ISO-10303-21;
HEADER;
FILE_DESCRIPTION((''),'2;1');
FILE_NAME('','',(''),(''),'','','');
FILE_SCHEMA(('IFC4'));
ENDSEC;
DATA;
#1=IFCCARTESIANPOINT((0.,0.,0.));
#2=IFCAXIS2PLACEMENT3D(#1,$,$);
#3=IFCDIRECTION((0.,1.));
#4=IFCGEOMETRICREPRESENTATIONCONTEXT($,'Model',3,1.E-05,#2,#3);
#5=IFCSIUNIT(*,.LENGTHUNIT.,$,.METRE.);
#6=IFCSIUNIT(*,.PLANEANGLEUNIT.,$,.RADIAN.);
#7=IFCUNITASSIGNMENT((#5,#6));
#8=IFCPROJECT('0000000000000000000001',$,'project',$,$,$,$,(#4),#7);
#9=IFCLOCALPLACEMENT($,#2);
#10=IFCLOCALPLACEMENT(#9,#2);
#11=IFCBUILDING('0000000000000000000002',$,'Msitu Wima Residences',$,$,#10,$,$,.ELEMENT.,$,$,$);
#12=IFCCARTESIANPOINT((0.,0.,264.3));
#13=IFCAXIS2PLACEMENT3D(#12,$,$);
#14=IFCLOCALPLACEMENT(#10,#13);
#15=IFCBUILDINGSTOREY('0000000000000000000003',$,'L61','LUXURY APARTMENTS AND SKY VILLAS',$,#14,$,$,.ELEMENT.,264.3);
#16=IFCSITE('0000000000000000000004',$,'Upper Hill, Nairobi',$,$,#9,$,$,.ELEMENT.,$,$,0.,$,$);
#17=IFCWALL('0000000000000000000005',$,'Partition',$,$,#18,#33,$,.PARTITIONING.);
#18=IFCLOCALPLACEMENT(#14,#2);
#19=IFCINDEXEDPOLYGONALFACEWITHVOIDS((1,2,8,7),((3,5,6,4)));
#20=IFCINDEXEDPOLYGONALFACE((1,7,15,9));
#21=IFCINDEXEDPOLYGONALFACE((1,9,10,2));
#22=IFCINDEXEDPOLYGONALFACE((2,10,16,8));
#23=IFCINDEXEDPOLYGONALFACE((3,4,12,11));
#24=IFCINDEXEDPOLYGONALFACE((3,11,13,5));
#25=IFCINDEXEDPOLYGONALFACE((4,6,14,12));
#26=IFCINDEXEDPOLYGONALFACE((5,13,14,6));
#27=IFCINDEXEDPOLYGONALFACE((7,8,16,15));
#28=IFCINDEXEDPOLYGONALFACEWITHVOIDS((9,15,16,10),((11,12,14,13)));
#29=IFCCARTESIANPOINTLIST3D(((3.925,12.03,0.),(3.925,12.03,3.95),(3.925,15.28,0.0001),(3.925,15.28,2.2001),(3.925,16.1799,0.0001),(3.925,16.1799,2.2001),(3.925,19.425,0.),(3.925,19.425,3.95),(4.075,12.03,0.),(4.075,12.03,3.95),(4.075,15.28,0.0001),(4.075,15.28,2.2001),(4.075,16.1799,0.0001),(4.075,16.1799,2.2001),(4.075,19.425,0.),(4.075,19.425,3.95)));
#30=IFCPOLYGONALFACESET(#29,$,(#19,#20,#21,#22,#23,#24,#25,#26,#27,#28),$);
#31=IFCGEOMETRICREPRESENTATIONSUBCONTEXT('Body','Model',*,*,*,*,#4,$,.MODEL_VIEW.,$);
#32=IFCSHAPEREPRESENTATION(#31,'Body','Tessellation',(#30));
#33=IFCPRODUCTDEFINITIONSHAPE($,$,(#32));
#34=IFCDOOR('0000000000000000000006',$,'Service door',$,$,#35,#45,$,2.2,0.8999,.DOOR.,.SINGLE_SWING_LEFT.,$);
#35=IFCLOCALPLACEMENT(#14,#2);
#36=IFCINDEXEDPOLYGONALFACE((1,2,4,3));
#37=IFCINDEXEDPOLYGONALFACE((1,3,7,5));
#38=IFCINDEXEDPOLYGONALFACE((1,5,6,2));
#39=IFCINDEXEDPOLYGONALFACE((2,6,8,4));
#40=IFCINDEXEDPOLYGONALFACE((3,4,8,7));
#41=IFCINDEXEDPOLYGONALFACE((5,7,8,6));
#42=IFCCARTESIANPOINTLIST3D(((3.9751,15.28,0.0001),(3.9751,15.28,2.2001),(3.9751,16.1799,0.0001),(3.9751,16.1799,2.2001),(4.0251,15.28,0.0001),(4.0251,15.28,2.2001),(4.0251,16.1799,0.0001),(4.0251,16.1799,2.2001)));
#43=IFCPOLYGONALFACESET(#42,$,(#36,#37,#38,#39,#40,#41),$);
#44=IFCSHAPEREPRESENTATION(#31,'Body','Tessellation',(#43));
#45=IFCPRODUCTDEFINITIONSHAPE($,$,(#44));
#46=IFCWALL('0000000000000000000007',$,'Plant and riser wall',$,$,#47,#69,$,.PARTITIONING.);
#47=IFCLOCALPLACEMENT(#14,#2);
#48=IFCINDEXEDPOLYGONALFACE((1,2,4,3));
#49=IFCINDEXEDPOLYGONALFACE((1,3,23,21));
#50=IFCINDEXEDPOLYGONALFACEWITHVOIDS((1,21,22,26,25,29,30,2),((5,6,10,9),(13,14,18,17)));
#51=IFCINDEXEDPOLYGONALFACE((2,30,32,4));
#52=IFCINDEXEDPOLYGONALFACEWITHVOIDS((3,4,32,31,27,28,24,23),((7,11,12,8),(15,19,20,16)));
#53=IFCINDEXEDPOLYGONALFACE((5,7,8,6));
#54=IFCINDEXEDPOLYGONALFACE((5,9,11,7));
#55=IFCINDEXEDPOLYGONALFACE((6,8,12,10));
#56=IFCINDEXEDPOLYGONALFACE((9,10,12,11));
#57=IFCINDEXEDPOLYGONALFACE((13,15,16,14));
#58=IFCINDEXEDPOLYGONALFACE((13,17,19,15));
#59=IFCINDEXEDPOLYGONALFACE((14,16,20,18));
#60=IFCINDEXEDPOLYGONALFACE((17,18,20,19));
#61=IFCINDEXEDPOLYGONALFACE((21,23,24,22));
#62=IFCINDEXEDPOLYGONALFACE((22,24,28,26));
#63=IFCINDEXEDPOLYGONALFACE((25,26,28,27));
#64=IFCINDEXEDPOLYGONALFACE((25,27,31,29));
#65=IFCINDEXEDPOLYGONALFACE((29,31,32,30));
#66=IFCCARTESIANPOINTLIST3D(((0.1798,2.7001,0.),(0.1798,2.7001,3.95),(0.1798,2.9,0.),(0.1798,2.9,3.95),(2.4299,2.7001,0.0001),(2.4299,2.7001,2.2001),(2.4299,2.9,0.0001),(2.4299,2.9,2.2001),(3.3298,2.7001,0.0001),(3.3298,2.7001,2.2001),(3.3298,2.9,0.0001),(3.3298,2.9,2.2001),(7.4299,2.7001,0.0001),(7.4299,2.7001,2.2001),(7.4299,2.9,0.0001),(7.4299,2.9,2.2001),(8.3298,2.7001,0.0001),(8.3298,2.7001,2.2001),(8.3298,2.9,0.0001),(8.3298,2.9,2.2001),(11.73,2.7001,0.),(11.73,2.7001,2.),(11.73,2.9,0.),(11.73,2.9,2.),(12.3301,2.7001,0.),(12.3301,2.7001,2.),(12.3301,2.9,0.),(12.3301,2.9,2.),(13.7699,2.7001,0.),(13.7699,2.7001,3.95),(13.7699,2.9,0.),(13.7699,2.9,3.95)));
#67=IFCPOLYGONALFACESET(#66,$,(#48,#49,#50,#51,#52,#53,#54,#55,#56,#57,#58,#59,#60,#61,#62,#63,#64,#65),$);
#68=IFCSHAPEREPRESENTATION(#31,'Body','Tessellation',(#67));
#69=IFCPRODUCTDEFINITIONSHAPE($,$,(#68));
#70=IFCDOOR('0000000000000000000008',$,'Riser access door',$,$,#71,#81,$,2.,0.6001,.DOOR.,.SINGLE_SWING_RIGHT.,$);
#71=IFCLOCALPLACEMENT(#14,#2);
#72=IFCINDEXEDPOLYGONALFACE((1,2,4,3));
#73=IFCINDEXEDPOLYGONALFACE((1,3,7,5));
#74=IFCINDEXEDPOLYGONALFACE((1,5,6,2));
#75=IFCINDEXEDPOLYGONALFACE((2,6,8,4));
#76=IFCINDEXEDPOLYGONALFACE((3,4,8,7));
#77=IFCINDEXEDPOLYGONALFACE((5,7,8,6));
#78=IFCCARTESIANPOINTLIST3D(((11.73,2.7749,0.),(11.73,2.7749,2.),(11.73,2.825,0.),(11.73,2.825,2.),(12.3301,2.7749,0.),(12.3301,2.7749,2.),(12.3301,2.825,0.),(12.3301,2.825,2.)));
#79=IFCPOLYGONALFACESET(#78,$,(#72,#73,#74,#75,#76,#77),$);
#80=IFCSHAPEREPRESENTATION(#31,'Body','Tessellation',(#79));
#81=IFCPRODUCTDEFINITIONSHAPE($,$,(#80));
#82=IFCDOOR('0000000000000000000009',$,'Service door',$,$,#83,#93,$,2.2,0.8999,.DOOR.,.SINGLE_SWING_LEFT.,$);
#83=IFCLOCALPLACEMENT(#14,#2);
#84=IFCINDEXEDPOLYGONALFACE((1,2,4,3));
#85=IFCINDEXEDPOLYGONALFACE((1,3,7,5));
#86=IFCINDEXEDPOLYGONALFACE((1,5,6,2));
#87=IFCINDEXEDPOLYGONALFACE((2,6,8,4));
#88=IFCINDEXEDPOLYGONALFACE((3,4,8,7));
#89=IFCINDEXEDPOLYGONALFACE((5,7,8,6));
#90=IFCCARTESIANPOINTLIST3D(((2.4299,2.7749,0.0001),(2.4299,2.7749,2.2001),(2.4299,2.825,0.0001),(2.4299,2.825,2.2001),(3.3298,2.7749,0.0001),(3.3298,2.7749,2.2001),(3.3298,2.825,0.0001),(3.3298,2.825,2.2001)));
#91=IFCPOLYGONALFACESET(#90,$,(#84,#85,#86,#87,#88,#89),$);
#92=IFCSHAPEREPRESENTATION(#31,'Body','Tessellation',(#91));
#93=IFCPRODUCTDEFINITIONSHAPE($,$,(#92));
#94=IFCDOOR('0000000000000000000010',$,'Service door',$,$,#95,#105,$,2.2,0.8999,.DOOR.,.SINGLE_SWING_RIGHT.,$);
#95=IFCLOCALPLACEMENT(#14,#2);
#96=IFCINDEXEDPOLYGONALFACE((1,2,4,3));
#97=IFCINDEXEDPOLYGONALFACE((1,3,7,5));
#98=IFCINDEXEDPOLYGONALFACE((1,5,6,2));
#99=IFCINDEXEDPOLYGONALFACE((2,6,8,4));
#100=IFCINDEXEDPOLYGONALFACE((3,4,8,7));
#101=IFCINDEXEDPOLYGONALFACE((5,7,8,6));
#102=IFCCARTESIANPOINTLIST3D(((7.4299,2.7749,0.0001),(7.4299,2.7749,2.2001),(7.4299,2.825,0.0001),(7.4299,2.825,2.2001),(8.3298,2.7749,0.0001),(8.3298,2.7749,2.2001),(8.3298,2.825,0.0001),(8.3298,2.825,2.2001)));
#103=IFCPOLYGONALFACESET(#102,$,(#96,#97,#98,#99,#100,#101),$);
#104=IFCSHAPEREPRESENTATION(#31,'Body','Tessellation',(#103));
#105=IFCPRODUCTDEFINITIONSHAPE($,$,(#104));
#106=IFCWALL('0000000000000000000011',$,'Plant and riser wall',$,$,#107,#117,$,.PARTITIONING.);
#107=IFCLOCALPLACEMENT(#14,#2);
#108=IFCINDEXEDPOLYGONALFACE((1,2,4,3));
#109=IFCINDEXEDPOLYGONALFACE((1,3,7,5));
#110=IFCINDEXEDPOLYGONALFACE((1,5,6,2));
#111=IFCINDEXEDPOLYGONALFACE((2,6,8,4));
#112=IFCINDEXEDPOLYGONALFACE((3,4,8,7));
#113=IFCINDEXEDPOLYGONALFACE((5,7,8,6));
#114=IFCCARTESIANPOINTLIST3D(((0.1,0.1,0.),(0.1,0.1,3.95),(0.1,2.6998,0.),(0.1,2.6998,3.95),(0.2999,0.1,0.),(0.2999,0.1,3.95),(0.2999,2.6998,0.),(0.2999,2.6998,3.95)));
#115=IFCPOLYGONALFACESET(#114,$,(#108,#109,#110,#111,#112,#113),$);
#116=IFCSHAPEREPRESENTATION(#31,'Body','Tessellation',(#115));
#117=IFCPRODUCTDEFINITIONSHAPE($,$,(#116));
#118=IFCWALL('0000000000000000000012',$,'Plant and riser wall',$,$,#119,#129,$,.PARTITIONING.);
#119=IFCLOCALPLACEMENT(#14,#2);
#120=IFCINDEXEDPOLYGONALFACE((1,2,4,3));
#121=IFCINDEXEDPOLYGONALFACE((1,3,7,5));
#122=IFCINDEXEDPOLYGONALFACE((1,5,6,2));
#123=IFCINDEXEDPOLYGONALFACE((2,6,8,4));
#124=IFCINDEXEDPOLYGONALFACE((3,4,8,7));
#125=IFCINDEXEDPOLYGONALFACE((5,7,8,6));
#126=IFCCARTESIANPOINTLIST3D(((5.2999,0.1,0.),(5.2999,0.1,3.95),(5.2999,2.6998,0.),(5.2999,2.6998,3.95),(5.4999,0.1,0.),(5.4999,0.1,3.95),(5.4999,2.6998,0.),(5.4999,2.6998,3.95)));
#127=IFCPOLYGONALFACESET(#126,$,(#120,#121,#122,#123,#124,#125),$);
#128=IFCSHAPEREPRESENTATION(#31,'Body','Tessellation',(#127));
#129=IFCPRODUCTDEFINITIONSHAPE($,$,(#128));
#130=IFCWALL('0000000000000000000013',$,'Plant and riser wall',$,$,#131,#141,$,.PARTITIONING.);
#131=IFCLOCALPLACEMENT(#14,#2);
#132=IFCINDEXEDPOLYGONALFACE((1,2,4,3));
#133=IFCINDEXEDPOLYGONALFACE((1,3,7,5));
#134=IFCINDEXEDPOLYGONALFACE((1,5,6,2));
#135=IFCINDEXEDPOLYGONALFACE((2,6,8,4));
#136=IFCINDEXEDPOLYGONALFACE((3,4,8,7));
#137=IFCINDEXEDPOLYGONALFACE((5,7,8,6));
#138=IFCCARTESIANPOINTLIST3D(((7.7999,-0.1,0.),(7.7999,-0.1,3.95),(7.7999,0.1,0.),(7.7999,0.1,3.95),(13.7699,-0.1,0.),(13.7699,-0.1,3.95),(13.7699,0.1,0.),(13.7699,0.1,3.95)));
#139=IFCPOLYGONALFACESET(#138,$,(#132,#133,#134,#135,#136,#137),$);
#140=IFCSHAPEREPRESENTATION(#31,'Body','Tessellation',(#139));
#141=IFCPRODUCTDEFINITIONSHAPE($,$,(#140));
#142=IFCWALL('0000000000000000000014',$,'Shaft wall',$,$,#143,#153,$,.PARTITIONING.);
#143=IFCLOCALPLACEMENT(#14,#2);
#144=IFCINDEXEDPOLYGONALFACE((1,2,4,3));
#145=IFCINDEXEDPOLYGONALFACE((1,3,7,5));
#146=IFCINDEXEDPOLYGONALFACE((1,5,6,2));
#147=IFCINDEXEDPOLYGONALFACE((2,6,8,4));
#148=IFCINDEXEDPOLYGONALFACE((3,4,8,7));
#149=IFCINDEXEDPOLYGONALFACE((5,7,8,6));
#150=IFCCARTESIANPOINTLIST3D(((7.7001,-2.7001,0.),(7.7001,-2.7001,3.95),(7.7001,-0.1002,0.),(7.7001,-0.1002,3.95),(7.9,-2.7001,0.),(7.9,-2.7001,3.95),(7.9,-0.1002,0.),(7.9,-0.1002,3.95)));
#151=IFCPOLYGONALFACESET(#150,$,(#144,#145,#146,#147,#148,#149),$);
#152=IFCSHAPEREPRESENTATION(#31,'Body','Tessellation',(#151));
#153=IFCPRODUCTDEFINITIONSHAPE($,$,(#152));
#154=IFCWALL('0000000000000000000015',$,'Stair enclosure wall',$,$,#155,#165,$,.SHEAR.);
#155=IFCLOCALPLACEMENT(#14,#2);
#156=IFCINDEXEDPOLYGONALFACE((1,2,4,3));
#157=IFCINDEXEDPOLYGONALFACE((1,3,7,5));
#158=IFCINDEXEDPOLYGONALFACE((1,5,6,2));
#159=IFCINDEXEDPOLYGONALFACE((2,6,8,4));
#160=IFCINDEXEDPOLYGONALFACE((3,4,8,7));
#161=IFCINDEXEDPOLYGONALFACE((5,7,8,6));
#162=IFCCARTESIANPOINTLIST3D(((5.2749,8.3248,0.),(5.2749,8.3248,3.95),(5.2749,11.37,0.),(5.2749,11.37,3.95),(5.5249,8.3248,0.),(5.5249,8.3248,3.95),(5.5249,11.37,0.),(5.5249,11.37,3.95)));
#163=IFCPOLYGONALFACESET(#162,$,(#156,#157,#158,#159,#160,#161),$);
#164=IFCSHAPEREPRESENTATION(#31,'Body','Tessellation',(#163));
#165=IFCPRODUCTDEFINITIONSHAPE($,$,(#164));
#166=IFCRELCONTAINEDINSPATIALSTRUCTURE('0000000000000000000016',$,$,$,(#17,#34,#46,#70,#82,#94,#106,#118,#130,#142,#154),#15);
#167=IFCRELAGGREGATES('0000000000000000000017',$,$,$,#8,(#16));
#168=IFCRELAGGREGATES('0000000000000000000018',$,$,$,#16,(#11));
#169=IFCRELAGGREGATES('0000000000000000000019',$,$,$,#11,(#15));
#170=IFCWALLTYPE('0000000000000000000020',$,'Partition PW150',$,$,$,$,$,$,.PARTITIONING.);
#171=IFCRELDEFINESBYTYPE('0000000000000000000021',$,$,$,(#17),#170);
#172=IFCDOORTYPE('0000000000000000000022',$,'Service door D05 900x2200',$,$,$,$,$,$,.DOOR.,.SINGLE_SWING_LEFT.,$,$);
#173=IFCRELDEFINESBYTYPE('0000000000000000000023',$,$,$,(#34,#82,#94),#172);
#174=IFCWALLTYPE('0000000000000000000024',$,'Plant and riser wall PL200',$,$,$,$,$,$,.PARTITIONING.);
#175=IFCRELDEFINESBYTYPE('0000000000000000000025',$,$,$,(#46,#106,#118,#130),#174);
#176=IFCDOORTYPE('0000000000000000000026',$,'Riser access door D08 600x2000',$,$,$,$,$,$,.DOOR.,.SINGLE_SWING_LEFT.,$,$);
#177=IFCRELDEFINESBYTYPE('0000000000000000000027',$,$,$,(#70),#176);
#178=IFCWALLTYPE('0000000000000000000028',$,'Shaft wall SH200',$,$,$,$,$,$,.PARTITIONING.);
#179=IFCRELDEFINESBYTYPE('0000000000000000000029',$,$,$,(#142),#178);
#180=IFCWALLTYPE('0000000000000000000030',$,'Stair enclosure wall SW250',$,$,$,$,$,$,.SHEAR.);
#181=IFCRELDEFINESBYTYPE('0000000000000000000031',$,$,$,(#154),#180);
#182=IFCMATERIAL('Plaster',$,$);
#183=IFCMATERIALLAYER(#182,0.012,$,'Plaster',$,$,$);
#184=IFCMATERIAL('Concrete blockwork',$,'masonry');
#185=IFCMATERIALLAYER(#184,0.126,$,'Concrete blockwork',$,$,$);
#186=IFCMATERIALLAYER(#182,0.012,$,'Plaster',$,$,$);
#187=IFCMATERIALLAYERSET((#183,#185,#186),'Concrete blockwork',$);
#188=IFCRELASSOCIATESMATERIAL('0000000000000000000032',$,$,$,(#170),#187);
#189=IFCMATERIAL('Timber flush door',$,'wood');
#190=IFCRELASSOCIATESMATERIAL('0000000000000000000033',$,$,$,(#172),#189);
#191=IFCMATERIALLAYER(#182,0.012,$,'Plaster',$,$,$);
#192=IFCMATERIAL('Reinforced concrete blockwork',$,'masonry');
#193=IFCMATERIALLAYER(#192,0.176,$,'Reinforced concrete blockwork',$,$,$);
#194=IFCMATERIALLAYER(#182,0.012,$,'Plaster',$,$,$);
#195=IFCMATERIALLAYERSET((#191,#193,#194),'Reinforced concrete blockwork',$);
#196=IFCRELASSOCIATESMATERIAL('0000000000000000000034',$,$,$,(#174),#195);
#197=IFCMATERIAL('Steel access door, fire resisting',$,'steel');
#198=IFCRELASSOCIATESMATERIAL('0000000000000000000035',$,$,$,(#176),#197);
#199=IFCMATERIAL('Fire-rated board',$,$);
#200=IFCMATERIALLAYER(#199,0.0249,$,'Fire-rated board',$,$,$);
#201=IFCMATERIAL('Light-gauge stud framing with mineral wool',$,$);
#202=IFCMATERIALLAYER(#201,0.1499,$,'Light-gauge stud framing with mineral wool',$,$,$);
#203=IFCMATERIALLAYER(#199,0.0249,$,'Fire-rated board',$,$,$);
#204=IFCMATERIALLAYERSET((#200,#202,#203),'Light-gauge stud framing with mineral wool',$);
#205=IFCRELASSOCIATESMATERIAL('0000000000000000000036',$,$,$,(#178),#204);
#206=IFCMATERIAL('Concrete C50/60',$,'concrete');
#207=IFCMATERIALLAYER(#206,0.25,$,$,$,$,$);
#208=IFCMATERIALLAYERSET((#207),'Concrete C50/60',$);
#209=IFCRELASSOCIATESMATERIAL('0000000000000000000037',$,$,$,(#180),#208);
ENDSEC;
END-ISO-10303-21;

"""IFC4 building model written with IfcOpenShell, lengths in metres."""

from ifc_helpers import new_model, si_unit, direction, frame, frame_2d, origin, place, context, subcontext, project, spatial, rectangle, extrude, material, layer, layer_set, type_object, element, fill, save


model = new_model("IFC4")

# Units and contexts
model_context = context("Model", 3, precision=1e-05, world=origin(), true_north=direction((0.0, 1.0)))
body_context = subcontext(model_context, "Body", "Model", "MODEL_VIEW")
ifc_project = project(units=[si_unit("LENGTHUNIT", "METRE"), si_unit("PLANEANGLEUNIT", "RADIAN")], contexts=[model_context])

# Site, building, storey
site_placement = place(None, origin())
site = spatial("IfcSite", under=ifc_project, at=site_placement, Name="Upper Hill, Nairobi", CompositionType="ELEMENT", RefElevation=0.0)
building_placement = place(site_placement, origin())
building = spatial("IfcBuilding", under=site, at=building_placement, Name="Msitu Wima Residences", CompositionType="ELEMENT")
storey_placement = place(building_placement, frame((0.0, 0.0, 264.3)))
storey = spatial("IfcBuildingStorey", under=building, at=storey_placement, Name="L61", Description="LUXURY APARTMENTS AND SKY VILLAS", CompositionType="ELEMENT", Elevation=264.3)

# Shared definitions
ifc_material_1 = material(Name="Plaster")
ifc_layer_1 = layer(ifc_material_1, 0.012, Name="Plaster")
ifc_material_2 = material(Name="Concrete blockwork", Category="masonry")
ifc_layer_2 = layer(ifc_material_2, 0.126, Name="Concrete blockwork")
ifc_layer_3 = layer(ifc_material_1, 0.012, Name="Plaster")
ifc_layer_set_1 = layer_set([ifc_layer_1, ifc_layer_2, ifc_layer_3], Name="Concrete blockwork")
wall_type_1 = type_object("IfcWallType", Name="Partition PW150", PredefinedType="PARTITIONING", material=ifc_layer_set_1)

# Wall, opening, door
wall_1_placement = place(storey_placement, frame((4.0, 12.03, 0.0), z_axis=(0.0, 0.0, 1.0), x_axis=(0.0, 1.0, 0.0)))
wall_1 = element("IfcWall", 1, at=wall_1_placement, inside=storey, type_object=wall_type_1, Name="Partition", PredefinedType="PARTITIONING", context=body_context, shape_type="SweptSolid", body=[
    extrude(rectangle(XDim=7.395, YDim=0.1499, at=frame_2d((3.6975, 0.0))), origin(), (0.0, 0.0, 1.0), 3.95),
])
opening_1_placement = place(wall_1_placement, frame((3.25, 0.0, 0.0)))
opening_1 = element("IfcOpeningElement", 2, at=opening_1_placement, cuts=wall_1, PredefinedType="OPENING", context=body_context, shape_type="SweptSolid", body=[
    extrude(rectangle(XDim=0.8999, YDim=2.2, at=frame_2d((0.45, 1.1001))), frame((0.0, 0.085, 0.0), z_axis=(0.0, -1.0, 0.0), x_axis=(1.0, 0.0, 0.0)), (0.0, 0.0, 1.0), 0.1699),
])
ifc_material_3 = material(Name="Timber flush door", Category="wood")
door_type_1 = type_object("IfcDoorType", Name="Service door D05 900x2200", OperationType="SINGLE_SWING_LEFT", PredefinedType="DOOR", material=ifc_material_3)
door_1_placement = place(opening_1_placement, origin())
door_1 = element("IfcDoor", 3, at=door_1_placement, inside=storey, type_object=door_type_1, Name="Service door", OperationType="SINGLE_SWING_LEFT", OverallHeight=2.2, OverallWidth=0.8999, PredefinedType="DOOR", context=body_context, shape_type="SweptSolid", body=[
    extrude(rectangle(XDim=0.8999, YDim=2.2, at=frame_2d((0.45, 1.1001))), frame((0.0, 0.0249, 0.0), z_axis=(0.0, -1.0, 0.0), x_axis=(1.0, 0.0, 0.0)), (0.0, 0.0, 1.0), 0.05),
])
fill(opening_1, door_1)

# Wall, openings, doors
ifc_layer_4 = layer(ifc_material_1, 0.012, Name="Plaster")
ifc_material_4 = material(Name="Reinforced concrete blockwork", Category="masonry")
ifc_layer_5 = layer(ifc_material_4, 0.176, Name="Reinforced concrete blockwork")
ifc_layer_6 = layer(ifc_material_1, 0.012, Name="Plaster")
ifc_layer_set_2 = layer_set([ifc_layer_4, ifc_layer_5, ifc_layer_6], Name="Reinforced concrete blockwork")
wall_type_2 = type_object("IfcWallType", Name="Plant and riser wall PL200", PredefinedType="PARTITIONING", material=ifc_layer_set_2)
wall_2_placement = place(storey_placement, frame((0.1799, 2.8, 0.0), z_axis=(0.0, 0.0, 1.0), x_axis=(1.0, 0.0, 0.0)))
wall_2 = element("IfcWall", 4, at=wall_2_placement, inside=storey, type_object=wall_type_2, Name="Plant and riser wall", PredefinedType="PARTITIONING", context=body_context, shape_type="SweptSolid", body=[
    extrude(rectangle(XDim=13.5901, YDim=0.2, at=frame_2d((6.7949, 0.0))), origin(), (0.0, 0.0, 1.0), 3.95),
])
opening_2_placement = place(wall_2_placement, frame((11.55, 0.0, 0.0)))
opening_2 = element("IfcOpeningElement", 5, at=opening_2_placement, cuts=wall_2, PredefinedType="OPENING", context=body_context, shape_type="SweptSolid", body=[
    extrude(rectangle(XDim=0.6001, YDim=2.0, at=frame_2d((0.3, 1.0))), frame((0.0, 0.1099, 0.0), z_axis=(0.0, -1.0, 0.0), x_axis=(1.0, 0.0, 0.0)), (0.0, 0.0, 1.0), 0.22),
])
opening_3_placement = place(wall_2_placement, frame((2.25, 0.0, 0.0)))
opening_3 = element("IfcOpeningElement", 6, at=opening_3_placement, cuts=wall_2, PredefinedType="OPENING", context=body_context, shape_type="SweptSolid", body=[
    extrude(rectangle(XDim=0.8999, YDim=2.2, at=frame_2d((0.45, 1.1001))), frame((0.0, 0.1099, 0.0), z_axis=(0.0, -1.0, 0.0), x_axis=(1.0, 0.0, 0.0)), (0.0, 0.0, 1.0), 0.22),
])
opening_4_placement = place(wall_2_placement, frame((7.25, 0.0, 0.0)))
opening_4 = element("IfcOpeningElement", 7, at=opening_4_placement, cuts=wall_2, PredefinedType="OPENING", context=body_context, shape_type="SweptSolid", body=[
    extrude(rectangle(XDim=0.8999, YDim=2.2, at=frame_2d((0.45, 1.1001))), frame((0.0, 0.1099, 0.0), z_axis=(0.0, -1.0, 0.0), x_axis=(1.0, 0.0, 0.0)), (0.0, 0.0, 1.0), 0.22),
])
ifc_material_5 = material(Name="Steel access door, fire resisting", Category="steel")
door_type_2 = type_object("IfcDoorType", Name="Riser access door D08 600x2000", OperationType="SINGLE_SWING_LEFT", PredefinedType="DOOR", material=ifc_material_5)
door_2_placement = place(opening_2_placement, origin())
door_2 = element("IfcDoor", 8, at=door_2_placement, inside=storey, type_object=door_type_2, Name="Riser access door", OperationType="SINGLE_SWING_RIGHT", OverallHeight=2.0, OverallWidth=0.6001, PredefinedType="DOOR", context=body_context, shape_type="SweptSolid", body=[
    extrude(rectangle(XDim=0.6001, YDim=2.0, at=frame_2d((0.3, 1.0))), frame((0.0, 0.0249, 0.0), z_axis=(0.0, -1.0, 0.0), x_axis=(1.0, 0.0, 0.0)), (0.0, 0.0, 1.0), 0.05),
])
fill(opening_2, door_2)
door_3_placement = place(opening_3_placement, origin())
door_3 = element("IfcDoor", 9, at=door_3_placement, inside=storey, type_object=door_type_1, Name="Service door", OperationType="SINGLE_SWING_LEFT", OverallHeight=2.2, OverallWidth=0.8999, PredefinedType="DOOR", context=body_context, shape_type="SweptSolid", body=[
    extrude(rectangle(XDim=0.8999, YDim=2.2, at=frame_2d((0.45, 1.1001))), frame((0.0, 0.0249, 0.0), z_axis=(0.0, -1.0, 0.0), x_axis=(1.0, 0.0, 0.0)), (0.0, 0.0, 1.0), 0.05),
])
fill(opening_3, door_3)
door_4_placement = place(opening_4_placement, origin())
door_4 = element("IfcDoor", 10, at=door_4_placement, inside=storey, type_object=door_type_1, Name="Service door", OperationType="SINGLE_SWING_RIGHT", OverallHeight=2.2, OverallWidth=0.8999, PredefinedType="DOOR", context=body_context, shape_type="SweptSolid", body=[
    extrude(rectangle(XDim=0.8999, YDim=2.2, at=frame_2d((0.45, 1.1001))), frame((0.0, 0.0249, 0.0), z_axis=(0.0, -1.0, 0.0), x_axis=(1.0, 0.0, 0.0)), (0.0, 0.0, 1.0), 0.05),
])
fill(opening_4, door_4)

# Walls
for number, where, z_axis, x_axis, name in (
    (11, (0.2, 0.1001, 0.0), (0.0, 0.0, 1.0), (0.0, 1.0, 0.0), "Plant and riser wall"),
    (12, (5.3999, 0.1001, 0.0), (0.0, 0.0, 1.0), (0.0, 1.0, 0.0), "Plant and riser wall"),
):
    element("IfcWall", number, at=place(storey_placement, frame(where, z_axis=z_axis, x_axis=x_axis)), inside=storey, type_object=wall_type_2, Name=name, PredefinedType="PARTITIONING", context=body_context, shape_type="SweptSolid", body=[
        extrude(rectangle(XDim=2.5999, YDim=0.2, at=frame_2d((1.2998, 0.0))), origin(), (0.0, 0.0, 1.0), 3.95),
    ])
wall_3_placement = place(storey_placement, frame((7.8, 0.0, 0.0), z_axis=(0.0, 0.0, 1.0), x_axis=(1.0, 0.0, 0.0)))
element("IfcWall", 13, at=wall_3_placement, inside=storey, type_object=wall_type_2, Name="Plant and riser wall", PredefinedType="PARTITIONING", context=body_context, shape_type="SweptSolid", body=[
    extrude(rectangle(XDim=5.97, YDim=0.2, at=frame_2d((2.9849, 0.0))), origin(), (0.0, 0.0, 1.0), 3.95),
])
ifc_material_6 = material(Name="Fire-rated board")
ifc_layer_7 = layer(ifc_material_6, 0.0249, Name="Fire-rated board")
ifc_material_7 = material(Name="Light-gauge stud framing with mineral wool")
ifc_layer_8 = layer(ifc_material_7, 0.1499, Name="Light-gauge stud framing with mineral wool")
ifc_layer_9 = layer(ifc_material_6, 0.0249, Name="Fire-rated board")
ifc_layer_set_3 = layer_set([ifc_layer_7, ifc_layer_8, ifc_layer_9], Name="Light-gauge stud framing with mineral wool")
wall_type_3 = type_object("IfcWallType", Name="Shaft wall SH200", PredefinedType="PARTITIONING", material=ifc_layer_set_3)
wall_4_placement = place(storey_placement, frame((7.8, -2.7, 0.0), z_axis=(0.0, 0.0, 1.0), x_axis=(0.0, 1.0, 0.0)))
element("IfcWall", 14, at=wall_4_placement, inside=storey, type_object=wall_type_3, Name="Shaft wall", PredefinedType="PARTITIONING", context=body_context, shape_type="SweptSolid", body=[
    extrude(rectangle(XDim=2.5999, YDim=0.2, at=frame_2d((1.2998, 0.0))), origin(), (0.0, 0.0, 1.0), 3.95),
])
ifc_material_8 = material(Name="Concrete C50/60", Category="concrete")
ifc_layer_10 = layer(ifc_material_8, 0.25)
ifc_layer_set_4 = layer_set([ifc_layer_10], Name="Concrete C50/60")
wall_type_4 = type_object("IfcWallType", Name="Stair enclosure wall SW250", PredefinedType="SHEAR", material=ifc_layer_set_4)
wall_5_placement = place(storey_placement, frame((5.3999, 8.325, 0.0), z_axis=(0.0, 0.0, 1.0), x_axis=(0.0, 1.0, 0.0)))
element("IfcWall", 15, at=wall_5_placement, inside=storey, type_object=wall_type_4, Name="Stair enclosure wall", PredefinedType="SHEAR", context=body_context, shape_type="SweptSolid", body=[
    extrude(rectangle(XDim=3.0452, YDim=0.25, at=frame_2d((1.5225, 0.0))), origin(), (0.0, 0.0, 1.0), 3.95),
])

save(model, "model.ifc")
